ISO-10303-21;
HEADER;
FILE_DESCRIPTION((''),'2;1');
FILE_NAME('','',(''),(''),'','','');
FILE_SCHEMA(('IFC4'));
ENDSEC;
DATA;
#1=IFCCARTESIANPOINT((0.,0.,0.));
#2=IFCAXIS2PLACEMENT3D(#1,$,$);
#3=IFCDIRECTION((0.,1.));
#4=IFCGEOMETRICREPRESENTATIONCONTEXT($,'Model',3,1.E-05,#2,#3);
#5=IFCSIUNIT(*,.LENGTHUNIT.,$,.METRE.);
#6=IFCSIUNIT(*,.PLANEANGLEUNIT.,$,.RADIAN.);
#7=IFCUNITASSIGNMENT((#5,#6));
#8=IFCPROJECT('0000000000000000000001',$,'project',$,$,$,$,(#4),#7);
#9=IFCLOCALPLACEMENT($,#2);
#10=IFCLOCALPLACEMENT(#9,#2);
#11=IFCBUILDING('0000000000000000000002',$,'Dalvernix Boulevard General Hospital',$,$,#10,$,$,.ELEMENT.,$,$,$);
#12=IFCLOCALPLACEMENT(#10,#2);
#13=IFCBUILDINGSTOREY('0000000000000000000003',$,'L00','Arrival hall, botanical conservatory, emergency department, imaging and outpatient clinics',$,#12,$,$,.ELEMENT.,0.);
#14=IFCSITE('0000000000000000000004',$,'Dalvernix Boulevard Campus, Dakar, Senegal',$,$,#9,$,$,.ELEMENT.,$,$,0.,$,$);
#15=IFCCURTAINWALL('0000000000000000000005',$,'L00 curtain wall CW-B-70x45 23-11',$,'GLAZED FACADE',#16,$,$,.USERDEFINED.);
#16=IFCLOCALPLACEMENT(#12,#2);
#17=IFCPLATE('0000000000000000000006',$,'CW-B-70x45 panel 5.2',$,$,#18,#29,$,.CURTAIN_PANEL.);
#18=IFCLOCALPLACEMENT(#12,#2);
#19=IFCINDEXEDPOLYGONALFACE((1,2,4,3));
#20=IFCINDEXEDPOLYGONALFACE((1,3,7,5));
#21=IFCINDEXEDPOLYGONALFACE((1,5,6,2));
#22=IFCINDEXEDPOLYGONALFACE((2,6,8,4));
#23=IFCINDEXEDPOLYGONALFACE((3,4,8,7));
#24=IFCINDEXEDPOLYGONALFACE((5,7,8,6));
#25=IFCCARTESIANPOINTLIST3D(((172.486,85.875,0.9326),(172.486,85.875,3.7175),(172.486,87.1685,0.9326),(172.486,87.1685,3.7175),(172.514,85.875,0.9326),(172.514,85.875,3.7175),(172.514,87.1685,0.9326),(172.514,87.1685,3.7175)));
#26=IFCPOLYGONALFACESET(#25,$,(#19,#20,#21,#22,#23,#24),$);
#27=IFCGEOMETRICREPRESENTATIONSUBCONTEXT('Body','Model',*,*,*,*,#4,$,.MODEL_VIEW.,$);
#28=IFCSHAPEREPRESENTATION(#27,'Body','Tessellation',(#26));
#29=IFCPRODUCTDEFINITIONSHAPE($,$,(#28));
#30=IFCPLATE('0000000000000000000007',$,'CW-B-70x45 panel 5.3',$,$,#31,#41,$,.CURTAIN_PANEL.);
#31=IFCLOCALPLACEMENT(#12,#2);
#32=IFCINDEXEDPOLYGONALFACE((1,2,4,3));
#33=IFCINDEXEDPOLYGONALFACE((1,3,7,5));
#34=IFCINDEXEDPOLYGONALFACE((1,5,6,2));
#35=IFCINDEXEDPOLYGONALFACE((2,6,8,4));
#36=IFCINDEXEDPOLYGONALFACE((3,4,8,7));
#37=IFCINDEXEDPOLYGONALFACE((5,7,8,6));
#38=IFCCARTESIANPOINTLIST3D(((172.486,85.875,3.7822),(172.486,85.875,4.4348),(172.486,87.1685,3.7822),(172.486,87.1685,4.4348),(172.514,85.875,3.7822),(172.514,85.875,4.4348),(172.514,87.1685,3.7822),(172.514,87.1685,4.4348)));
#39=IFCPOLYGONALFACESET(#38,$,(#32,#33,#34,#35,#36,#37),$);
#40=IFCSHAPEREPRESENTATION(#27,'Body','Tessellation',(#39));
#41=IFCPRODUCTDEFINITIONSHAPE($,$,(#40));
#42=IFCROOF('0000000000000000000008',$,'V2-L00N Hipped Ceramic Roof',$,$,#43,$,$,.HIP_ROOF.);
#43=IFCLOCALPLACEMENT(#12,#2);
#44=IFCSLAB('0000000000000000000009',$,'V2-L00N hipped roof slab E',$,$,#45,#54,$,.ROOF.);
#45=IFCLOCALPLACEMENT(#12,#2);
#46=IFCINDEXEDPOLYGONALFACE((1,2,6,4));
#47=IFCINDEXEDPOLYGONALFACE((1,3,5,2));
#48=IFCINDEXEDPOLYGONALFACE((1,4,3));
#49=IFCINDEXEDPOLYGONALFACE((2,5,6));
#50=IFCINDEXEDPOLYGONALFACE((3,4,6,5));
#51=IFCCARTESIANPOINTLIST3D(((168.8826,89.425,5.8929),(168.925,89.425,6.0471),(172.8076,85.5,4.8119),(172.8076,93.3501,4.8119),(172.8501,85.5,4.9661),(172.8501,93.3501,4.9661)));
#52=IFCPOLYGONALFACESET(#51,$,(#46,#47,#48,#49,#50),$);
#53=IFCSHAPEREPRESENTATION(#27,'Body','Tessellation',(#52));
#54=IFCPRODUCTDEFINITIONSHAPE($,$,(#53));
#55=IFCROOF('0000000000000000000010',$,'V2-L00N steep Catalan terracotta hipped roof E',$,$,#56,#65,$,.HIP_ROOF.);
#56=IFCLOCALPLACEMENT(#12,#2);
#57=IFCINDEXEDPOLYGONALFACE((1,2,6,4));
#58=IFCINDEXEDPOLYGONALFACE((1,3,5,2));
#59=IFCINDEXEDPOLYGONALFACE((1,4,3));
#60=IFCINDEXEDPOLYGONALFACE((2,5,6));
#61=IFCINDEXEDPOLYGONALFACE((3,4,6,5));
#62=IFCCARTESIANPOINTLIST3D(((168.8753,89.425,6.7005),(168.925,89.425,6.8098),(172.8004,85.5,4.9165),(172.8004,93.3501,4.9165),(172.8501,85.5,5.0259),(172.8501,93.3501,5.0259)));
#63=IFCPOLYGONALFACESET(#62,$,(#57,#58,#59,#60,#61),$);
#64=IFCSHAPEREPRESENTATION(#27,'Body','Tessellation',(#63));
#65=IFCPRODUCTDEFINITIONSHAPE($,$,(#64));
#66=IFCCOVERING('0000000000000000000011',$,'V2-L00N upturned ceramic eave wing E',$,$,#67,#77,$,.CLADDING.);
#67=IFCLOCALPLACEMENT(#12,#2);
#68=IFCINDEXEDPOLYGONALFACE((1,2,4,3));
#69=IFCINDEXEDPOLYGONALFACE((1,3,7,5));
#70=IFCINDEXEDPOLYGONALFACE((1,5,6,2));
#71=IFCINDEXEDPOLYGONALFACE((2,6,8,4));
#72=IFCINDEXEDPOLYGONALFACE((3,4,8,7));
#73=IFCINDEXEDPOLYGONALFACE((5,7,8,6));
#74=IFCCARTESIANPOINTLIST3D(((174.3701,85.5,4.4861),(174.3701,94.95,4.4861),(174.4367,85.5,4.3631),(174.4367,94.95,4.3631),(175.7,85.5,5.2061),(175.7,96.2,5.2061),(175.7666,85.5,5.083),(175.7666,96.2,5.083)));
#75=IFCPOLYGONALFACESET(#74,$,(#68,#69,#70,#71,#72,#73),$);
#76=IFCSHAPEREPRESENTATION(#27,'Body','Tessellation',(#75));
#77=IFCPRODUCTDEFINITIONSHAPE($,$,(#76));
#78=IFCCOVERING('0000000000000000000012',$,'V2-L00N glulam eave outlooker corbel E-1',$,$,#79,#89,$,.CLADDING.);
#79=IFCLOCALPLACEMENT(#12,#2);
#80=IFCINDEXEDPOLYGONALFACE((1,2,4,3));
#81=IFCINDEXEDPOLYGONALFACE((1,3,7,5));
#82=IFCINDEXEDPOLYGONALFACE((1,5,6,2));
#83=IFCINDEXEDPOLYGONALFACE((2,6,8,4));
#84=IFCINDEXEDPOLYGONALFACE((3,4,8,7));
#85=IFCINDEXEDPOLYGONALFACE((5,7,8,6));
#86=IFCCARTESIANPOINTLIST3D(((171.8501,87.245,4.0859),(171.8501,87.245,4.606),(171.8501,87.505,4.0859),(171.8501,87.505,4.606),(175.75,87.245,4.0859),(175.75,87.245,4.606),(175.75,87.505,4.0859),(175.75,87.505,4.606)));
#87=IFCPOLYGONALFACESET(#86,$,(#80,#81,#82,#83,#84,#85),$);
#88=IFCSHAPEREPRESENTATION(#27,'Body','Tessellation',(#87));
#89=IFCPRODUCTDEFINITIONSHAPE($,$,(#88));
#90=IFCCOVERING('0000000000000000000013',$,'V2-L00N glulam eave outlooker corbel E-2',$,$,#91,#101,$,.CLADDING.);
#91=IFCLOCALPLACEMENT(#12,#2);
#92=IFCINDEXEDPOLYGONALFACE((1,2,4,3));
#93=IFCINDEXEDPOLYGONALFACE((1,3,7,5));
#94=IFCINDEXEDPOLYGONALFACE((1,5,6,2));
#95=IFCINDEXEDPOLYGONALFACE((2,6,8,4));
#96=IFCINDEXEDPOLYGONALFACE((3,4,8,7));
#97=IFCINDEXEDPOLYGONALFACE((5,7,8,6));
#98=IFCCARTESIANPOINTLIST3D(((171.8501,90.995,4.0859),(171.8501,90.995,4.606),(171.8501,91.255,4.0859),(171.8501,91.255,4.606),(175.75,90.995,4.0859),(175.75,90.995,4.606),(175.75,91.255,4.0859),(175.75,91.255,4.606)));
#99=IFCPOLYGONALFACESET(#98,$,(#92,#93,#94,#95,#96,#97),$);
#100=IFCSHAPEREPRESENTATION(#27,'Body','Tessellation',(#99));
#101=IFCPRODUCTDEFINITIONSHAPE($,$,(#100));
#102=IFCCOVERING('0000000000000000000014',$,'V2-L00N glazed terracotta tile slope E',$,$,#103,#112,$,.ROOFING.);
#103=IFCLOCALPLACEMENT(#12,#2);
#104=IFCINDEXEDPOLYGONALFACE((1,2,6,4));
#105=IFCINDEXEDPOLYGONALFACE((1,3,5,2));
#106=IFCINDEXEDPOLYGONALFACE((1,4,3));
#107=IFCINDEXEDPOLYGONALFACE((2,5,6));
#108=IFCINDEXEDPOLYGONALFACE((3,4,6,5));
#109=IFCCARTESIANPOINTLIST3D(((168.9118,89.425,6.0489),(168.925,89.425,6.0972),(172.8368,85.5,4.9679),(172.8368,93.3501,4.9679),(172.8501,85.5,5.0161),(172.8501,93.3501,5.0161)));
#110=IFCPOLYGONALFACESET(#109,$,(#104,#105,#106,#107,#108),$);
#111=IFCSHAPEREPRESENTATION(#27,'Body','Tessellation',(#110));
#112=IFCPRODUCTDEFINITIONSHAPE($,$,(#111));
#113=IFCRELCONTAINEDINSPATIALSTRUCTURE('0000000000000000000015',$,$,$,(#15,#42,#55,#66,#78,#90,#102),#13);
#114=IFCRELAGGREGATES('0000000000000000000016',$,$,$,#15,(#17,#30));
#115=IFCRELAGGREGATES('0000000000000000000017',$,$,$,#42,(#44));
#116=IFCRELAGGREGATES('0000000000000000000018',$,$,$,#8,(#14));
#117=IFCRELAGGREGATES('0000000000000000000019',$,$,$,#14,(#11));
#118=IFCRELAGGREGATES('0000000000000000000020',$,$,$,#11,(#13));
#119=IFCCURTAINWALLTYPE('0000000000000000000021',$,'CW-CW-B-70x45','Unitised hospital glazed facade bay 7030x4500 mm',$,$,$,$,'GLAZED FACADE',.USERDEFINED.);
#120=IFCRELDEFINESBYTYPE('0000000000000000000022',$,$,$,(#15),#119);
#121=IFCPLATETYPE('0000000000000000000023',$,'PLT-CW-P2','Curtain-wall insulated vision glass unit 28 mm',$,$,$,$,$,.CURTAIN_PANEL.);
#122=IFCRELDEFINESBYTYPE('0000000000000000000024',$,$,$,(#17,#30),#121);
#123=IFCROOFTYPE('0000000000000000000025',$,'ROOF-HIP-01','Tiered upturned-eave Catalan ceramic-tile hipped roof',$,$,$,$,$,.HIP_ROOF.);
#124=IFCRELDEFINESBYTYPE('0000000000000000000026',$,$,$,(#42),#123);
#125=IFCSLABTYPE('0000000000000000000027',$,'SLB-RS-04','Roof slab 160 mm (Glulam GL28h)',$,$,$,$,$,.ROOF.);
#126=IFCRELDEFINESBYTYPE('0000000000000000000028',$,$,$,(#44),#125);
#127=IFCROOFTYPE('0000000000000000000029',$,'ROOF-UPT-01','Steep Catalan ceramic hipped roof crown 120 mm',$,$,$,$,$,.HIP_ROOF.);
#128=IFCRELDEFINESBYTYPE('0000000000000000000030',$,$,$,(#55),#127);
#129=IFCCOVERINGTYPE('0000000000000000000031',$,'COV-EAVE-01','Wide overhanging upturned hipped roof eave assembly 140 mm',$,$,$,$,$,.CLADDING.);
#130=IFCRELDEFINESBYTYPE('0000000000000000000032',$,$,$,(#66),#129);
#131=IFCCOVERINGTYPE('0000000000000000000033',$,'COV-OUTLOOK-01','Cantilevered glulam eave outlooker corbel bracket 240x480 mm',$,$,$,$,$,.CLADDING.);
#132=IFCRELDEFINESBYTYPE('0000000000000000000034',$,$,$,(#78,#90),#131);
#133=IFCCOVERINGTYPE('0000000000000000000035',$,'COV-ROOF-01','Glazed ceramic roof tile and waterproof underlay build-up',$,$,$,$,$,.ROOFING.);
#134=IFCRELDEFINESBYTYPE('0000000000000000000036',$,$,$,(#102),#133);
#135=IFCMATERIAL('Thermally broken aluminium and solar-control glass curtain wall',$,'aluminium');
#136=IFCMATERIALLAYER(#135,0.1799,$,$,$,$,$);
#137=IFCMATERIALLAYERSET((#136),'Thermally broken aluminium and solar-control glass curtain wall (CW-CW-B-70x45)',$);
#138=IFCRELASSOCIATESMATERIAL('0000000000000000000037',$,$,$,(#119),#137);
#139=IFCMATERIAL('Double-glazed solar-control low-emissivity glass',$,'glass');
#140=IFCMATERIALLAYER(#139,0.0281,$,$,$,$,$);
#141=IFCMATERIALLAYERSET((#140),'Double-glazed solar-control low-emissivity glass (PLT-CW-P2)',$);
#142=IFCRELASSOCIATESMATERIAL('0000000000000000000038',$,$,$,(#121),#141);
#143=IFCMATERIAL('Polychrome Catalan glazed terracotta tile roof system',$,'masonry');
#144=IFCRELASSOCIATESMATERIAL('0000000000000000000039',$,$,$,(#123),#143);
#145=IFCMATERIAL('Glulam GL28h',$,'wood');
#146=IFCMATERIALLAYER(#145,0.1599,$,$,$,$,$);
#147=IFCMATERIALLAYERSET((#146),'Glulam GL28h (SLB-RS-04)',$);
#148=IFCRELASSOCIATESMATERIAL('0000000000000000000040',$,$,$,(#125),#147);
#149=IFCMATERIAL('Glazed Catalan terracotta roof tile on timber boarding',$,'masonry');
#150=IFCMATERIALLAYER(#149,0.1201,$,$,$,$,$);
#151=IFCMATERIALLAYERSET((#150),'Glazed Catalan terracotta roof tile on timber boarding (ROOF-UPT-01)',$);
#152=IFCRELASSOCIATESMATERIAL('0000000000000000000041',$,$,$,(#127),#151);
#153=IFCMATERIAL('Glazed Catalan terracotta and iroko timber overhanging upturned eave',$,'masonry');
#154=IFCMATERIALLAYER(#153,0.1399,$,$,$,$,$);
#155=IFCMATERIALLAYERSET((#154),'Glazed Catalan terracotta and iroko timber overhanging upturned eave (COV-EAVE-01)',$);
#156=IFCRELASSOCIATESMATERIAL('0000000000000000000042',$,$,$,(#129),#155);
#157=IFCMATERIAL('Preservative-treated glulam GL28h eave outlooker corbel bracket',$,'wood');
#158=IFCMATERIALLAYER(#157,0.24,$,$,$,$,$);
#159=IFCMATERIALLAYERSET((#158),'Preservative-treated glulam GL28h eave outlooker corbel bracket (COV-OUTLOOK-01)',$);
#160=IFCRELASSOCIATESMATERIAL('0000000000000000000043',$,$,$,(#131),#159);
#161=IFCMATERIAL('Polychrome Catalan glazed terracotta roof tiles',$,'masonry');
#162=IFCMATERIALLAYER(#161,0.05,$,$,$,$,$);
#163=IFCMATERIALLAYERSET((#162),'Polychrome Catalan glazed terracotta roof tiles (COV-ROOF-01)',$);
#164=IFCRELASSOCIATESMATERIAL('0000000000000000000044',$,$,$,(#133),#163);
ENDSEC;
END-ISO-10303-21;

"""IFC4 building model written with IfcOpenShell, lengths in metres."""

from ifc_helpers import new_model, si_unit, direction, frame, origin, origin_2d, place, context, subcontext, project, spatial, polyline, rectangle, outline, extrude, material, layer, layer_set, type_object, element, aggregate, save


model = new_model("IFC4")

# Units and contexts
model_context = context("Model", 3, precision=1e-05, world=origin(), true_north=direction((0.0, 1.0)))
body_context = subcontext(model_context, "Body", "Model", "MODEL_VIEW")
ifc_project = project(units=[si_unit("LENGTHUNIT", "METRE"), si_unit("PLANEANGLEUNIT", "RADIAN")], contexts=[model_context])

# Site, building, storey
site_placement = place(None, origin())
site = spatial("IfcSite", under=ifc_project, at=site_placement, Name="Dalvernix Boulevard Campus, Dakar, Senegal", CompositionType="ELEMENT", RefElevation=0.0)
building_placement = place(site_placement, origin())
building = spatial("IfcBuilding", under=site, at=building_placement, Name="Dalvernix Boulevard General Hospital", CompositionType="ELEMENT")
storey_placement = place(building_placement, origin())
storey = spatial("IfcBuildingStorey", under=building, at=storey_placement, Name="L00", Description="Arrival hall, botanical conservatory, emergency department, imaging and outpatient clinics", CompositionType="ELEMENT", Elevation=0.0)

# Curtain wall, plates
ifc_material_1 = material(Name="Thermally broken aluminium and solar-control glass curtain wall", Category="aluminium")
ifc_layer_1 = layer(ifc_material_1, 0.1799)
ifc_layer_set_1 = layer_set([ifc_layer_1], Name="Thermally broken aluminium and solar-control glass curtain wall (CW-CW-B-70x45)")
curtain_wall_type = type_object("IfcCurtainWallType", Name="CW-CW-B-70x45", Description="Unitised hospital glazed facade bay 7030x4500 mm", ElementType="GLAZED FACADE", PredefinedType="USERDEFINED", material=ifc_layer_set_1)
curtain_wall_placement = place(storey_placement, origin())
curtain_wall = element("IfcCurtainWall", 1, at=curtain_wall_placement, inside=storey, type_object=curtain_wall_type, Name="L00 curtain wall CW-B-70x45 23-11", ObjectType="GLAZED FACADE", PredefinedType="USERDEFINED")
ifc_material_2 = material(Name="Double-glazed solar-control low-emissivity glass", Category="glass")
ifc_layer_2 = layer(ifc_material_2, 0.0281)
ifc_layer_set_2 = layer_set([ifc_layer_2], Name="Double-glazed solar-control low-emissivity glass (PLT-CW-P2)")
plate_type = type_object("IfcPlateType", Name="PLT-CW-P2", Description="Curtain-wall insulated vision glass unit 28 mm", PredefinedType="CURTAIN_PANEL", material=ifc_layer_set_2)
plate_1_placement = place(storey_placement, frame((172.5, 86.5217, 0.9326), z_axis=(0.0, 0.0, 1.0), x_axis=(0.0, -1.0, 0.0)))
plate_1 = element("IfcPlate", 2, at=plate_1_placement, type_object=plate_type, Name="CW-B-70x45 panel 5.2", PredefinedType="CURTAIN_PANEL", context=body_context, shape_type="SweptSolid", body=[
    extrude(rectangle(XDim=1.2935, YDim=0.0281, at=origin_2d()), origin(), (0.0, 0.0, 1.0), 2.7849),
])
plate_2_placement = place(storey_placement, frame((172.5, 86.5217, 3.7822), z_axis=(0.0, 0.0, 1.0), x_axis=(0.0, -1.0, 0.0)))
plate_2 = element("IfcPlate", 3, at=plate_2_placement, type_object=plate_type, Name="CW-B-70x45 panel 5.3", PredefinedType="CURTAIN_PANEL", context=body_context, shape_type="SweptSolid", body=[
    extrude(rectangle(XDim=1.2935, YDim=0.0281, at=origin_2d()), origin(), (0.0, 0.0, 1.0), 0.6526),
])
aggregate(curtain_wall, [plate_1, plate_2])

# Roof, slab
ifc_material_3 = material(Name="Polychrome Catalan glazed terracotta tile roof system", Category="masonry")
roof_type_1 = type_object("IfcRoofType", Name="ROOF-HIP-01", Description="Tiered upturned-eave Catalan ceramic-tile hipped roof", PredefinedType="HIP_ROOF", material=ifc_material_3)
roof_1_placement = place(storey_placement, origin())
roof_1 = element("IfcRoof", 4, at=roof_1_placement, inside=storey, type_object=roof_type_1, Name="V2-L00N Hipped Ceramic Roof", PredefinedType="HIP_ROOF")
ifc_material_4 = material(Name="Glulam GL28h", Category="wood")
ifc_layer_3 = layer(ifc_material_4, 0.1599)
ifc_layer_set_3 = layer_set([ifc_layer_3], Name="Glulam GL28h (SLB-RS-04)")
slab_type = type_object("IfcSlabType", Name="SLB-RS-04", Description="Roof slab 160 mm (Glulam GL28h)", PredefinedType="ROOF", material=ifc_layer_set_3)
slab_placement = place(storey_placement, frame((172.8501, 85.5, 4.9661), z_axis=(0.265537, 0.0, 0.964101), x_axis=(0.0, 1.0, 0.0)))
slab = element("IfcSlab", 5, at=slab_placement, type_object=slab_type, Name="V2-L00N hipped roof slab E", PredefinedType="ROOF", context=body_context, shape_type="SweptSolid", body=[
    extrude(outline(polyline([(0.0, 0.0), (7.8501, 0.0), (3.925, 4.0712), (0.0, 0.0)])), origin(), (0.0, 0.0, -1.0), 0.1599),
])
aggregate(roof_1, [slab])

# Roof
ifc_material_5 = material(Name="Glazed Catalan terracotta roof tile on timber boarding", Category="masonry")
ifc_layer_4 = layer(ifc_material_5, 0.1201)
ifc_layer_set_4 = layer_set([ifc_layer_4], Name="Glazed Catalan terracotta roof tile on timber boarding (ROOF-UPT-01)")
roof_type_2 = type_object("IfcRoofType", Name="ROOF-UPT-01", Description="Steep Catalan ceramic hipped roof crown 120 mm", PredefinedType="HIP_ROOF", material=ifc_layer_set_4)
roof_2_placement = place(storey_placement, frame((172.8501, 85.5, 5.0259), z_axis=(0.413769, 0.0, 0.910382), x_axis=(0.0, 1.0, 0.0)))
element("IfcRoof", 6, at=roof_2_placement, inside=storey, type_object=roof_type_2, Name="V2-L00N steep Catalan terracotta hipped roof E", PredefinedType="HIP_ROOF", context=body_context, shape_type="SweptSolid", body=[
    extrude(outline(polyline([(0.0, 0.0), (7.8501, 0.0), (3.925, 4.3114), (0.0, 0.0)])), origin(), (0.0, 0.0, -1.0), 0.1201),
])

# Coverings
ifc_material_6 = material(Name="Glazed Catalan terracotta and iroko timber overhanging upturned eave", Category="masonry")
ifc_layer_5 = layer(ifc_material_6, 0.1399)
ifc_layer_set_5 = layer_set([ifc_layer_5], Name="Glazed Catalan terracotta and iroko timber overhanging upturned eave (COV-EAVE-01)")
covering_type_1 = type_object("IfcCoveringType", Name="COV-EAVE-01", Description="Wide overhanging upturned hipped roof eave assembly 140 mm", PredefinedType="CLADDING", material=ifc_layer_set_5)
covering_1_placement = place(storey_placement, frame((174.3701, 85.5, 4.4861), z_axis=(-0.476101, 0.0, 0.879391), x_axis=(0.0, 1.0, 0.0)))
element("IfcCovering", 7, at=covering_1_placement, inside=storey, type_object=covering_type_1, Name="V2-L00N upturned ceramic eave wing E", PredefinedType="CLADDING", context=body_context, shape_type="SweptSolid", body=[
    extrude(outline(polyline([(0.0, 0.0), (9.45, 0.0), (10.7, -1.5122), (0.0, -1.5122), (0.0, 0.0)])), origin(), (0.0, 0.0, -1.0), 0.1399),
])
ifc_material_7 = material(Name="Preservative-treated glulam GL28h eave outlooker corbel bracket", Category="wood")
ifc_layer_6 = layer(ifc_material_7, 0.24)
ifc_layer_set_6 = layer_set([ifc_layer_6], Name="Preservative-treated glulam GL28h eave outlooker corbel bracket (COV-OUTLOOK-01)")
covering_type_2 = type_object("IfcCoveringType", Name="COV-OUTLOOK-01", Description="Cantilevered glulam eave outlooker corbel bracket 240x480 mm", PredefinedType="CLADDING", material=ifc_layer_set_6)
for number, where, z_axis, x_axis, name in (
    (8, (173.8, 87.375, 4.0859), (0.0, 0.0, 1.0), (1.0, 0.0, 0.0), "V2-L00N glulam eave outlooker corbel E-1"),
    (9, (173.8, 91.125, 4.0859), (0.0, 0.0, 1.0), (1.0, 0.0, 0.0), "V2-L00N glulam eave outlooker corbel E-2"),
):
    element("IfcCovering", number, at=place(storey_placement, frame(where, z_axis=z_axis, x_axis=x_axis)), inside=storey, type_object=covering_type_2, Name=name, PredefinedType="CLADDING", context=body_context, shape_type="SweptSolid", body=[
        extrude(rectangle(XDim=3.8999, YDim=0.26, at=origin_2d()), origin(), (0.0, 0.0, 1.0), 0.52),
    ])
ifc_material_8 = material(Name="Polychrome Catalan glazed terracotta roof tiles", Category="masonry")
ifc_layer_7 = layer(ifc_material_8, 0.05)
ifc_layer_set_7 = layer_set([ifc_layer_7], Name="Polychrome Catalan glazed terracotta roof tiles (COV-ROOF-01)")
covering_type_3 = type_object("IfcCoveringType", Name="COV-ROOF-01", Description="Glazed ceramic roof tile and waterproof underlay build-up", PredefinedType="ROOFING", material=ifc_layer_set_7)
covering_2_placement = place(storey_placement, frame((172.8501, 85.5, 5.0161), z_axis=(0.265537, 0.0, 0.964101), x_axis=(0.0, 1.0, 0.0)))
element("IfcCovering", 10, at=covering_2_placement, inside=storey, type_object=covering_type_3, Name="V2-L00N glazed terracotta tile slope E", PredefinedType="ROOFING", context=body_context, shape_type="SweptSolid", body=[
    extrude(outline(polyline([(0.0, 0.0), (7.8501, 0.0), (3.925, 4.0712), (0.0, 0.0)])), origin(), (0.0, 0.0, -1.0), 0.05),
])

save(model, "model.ifc")
